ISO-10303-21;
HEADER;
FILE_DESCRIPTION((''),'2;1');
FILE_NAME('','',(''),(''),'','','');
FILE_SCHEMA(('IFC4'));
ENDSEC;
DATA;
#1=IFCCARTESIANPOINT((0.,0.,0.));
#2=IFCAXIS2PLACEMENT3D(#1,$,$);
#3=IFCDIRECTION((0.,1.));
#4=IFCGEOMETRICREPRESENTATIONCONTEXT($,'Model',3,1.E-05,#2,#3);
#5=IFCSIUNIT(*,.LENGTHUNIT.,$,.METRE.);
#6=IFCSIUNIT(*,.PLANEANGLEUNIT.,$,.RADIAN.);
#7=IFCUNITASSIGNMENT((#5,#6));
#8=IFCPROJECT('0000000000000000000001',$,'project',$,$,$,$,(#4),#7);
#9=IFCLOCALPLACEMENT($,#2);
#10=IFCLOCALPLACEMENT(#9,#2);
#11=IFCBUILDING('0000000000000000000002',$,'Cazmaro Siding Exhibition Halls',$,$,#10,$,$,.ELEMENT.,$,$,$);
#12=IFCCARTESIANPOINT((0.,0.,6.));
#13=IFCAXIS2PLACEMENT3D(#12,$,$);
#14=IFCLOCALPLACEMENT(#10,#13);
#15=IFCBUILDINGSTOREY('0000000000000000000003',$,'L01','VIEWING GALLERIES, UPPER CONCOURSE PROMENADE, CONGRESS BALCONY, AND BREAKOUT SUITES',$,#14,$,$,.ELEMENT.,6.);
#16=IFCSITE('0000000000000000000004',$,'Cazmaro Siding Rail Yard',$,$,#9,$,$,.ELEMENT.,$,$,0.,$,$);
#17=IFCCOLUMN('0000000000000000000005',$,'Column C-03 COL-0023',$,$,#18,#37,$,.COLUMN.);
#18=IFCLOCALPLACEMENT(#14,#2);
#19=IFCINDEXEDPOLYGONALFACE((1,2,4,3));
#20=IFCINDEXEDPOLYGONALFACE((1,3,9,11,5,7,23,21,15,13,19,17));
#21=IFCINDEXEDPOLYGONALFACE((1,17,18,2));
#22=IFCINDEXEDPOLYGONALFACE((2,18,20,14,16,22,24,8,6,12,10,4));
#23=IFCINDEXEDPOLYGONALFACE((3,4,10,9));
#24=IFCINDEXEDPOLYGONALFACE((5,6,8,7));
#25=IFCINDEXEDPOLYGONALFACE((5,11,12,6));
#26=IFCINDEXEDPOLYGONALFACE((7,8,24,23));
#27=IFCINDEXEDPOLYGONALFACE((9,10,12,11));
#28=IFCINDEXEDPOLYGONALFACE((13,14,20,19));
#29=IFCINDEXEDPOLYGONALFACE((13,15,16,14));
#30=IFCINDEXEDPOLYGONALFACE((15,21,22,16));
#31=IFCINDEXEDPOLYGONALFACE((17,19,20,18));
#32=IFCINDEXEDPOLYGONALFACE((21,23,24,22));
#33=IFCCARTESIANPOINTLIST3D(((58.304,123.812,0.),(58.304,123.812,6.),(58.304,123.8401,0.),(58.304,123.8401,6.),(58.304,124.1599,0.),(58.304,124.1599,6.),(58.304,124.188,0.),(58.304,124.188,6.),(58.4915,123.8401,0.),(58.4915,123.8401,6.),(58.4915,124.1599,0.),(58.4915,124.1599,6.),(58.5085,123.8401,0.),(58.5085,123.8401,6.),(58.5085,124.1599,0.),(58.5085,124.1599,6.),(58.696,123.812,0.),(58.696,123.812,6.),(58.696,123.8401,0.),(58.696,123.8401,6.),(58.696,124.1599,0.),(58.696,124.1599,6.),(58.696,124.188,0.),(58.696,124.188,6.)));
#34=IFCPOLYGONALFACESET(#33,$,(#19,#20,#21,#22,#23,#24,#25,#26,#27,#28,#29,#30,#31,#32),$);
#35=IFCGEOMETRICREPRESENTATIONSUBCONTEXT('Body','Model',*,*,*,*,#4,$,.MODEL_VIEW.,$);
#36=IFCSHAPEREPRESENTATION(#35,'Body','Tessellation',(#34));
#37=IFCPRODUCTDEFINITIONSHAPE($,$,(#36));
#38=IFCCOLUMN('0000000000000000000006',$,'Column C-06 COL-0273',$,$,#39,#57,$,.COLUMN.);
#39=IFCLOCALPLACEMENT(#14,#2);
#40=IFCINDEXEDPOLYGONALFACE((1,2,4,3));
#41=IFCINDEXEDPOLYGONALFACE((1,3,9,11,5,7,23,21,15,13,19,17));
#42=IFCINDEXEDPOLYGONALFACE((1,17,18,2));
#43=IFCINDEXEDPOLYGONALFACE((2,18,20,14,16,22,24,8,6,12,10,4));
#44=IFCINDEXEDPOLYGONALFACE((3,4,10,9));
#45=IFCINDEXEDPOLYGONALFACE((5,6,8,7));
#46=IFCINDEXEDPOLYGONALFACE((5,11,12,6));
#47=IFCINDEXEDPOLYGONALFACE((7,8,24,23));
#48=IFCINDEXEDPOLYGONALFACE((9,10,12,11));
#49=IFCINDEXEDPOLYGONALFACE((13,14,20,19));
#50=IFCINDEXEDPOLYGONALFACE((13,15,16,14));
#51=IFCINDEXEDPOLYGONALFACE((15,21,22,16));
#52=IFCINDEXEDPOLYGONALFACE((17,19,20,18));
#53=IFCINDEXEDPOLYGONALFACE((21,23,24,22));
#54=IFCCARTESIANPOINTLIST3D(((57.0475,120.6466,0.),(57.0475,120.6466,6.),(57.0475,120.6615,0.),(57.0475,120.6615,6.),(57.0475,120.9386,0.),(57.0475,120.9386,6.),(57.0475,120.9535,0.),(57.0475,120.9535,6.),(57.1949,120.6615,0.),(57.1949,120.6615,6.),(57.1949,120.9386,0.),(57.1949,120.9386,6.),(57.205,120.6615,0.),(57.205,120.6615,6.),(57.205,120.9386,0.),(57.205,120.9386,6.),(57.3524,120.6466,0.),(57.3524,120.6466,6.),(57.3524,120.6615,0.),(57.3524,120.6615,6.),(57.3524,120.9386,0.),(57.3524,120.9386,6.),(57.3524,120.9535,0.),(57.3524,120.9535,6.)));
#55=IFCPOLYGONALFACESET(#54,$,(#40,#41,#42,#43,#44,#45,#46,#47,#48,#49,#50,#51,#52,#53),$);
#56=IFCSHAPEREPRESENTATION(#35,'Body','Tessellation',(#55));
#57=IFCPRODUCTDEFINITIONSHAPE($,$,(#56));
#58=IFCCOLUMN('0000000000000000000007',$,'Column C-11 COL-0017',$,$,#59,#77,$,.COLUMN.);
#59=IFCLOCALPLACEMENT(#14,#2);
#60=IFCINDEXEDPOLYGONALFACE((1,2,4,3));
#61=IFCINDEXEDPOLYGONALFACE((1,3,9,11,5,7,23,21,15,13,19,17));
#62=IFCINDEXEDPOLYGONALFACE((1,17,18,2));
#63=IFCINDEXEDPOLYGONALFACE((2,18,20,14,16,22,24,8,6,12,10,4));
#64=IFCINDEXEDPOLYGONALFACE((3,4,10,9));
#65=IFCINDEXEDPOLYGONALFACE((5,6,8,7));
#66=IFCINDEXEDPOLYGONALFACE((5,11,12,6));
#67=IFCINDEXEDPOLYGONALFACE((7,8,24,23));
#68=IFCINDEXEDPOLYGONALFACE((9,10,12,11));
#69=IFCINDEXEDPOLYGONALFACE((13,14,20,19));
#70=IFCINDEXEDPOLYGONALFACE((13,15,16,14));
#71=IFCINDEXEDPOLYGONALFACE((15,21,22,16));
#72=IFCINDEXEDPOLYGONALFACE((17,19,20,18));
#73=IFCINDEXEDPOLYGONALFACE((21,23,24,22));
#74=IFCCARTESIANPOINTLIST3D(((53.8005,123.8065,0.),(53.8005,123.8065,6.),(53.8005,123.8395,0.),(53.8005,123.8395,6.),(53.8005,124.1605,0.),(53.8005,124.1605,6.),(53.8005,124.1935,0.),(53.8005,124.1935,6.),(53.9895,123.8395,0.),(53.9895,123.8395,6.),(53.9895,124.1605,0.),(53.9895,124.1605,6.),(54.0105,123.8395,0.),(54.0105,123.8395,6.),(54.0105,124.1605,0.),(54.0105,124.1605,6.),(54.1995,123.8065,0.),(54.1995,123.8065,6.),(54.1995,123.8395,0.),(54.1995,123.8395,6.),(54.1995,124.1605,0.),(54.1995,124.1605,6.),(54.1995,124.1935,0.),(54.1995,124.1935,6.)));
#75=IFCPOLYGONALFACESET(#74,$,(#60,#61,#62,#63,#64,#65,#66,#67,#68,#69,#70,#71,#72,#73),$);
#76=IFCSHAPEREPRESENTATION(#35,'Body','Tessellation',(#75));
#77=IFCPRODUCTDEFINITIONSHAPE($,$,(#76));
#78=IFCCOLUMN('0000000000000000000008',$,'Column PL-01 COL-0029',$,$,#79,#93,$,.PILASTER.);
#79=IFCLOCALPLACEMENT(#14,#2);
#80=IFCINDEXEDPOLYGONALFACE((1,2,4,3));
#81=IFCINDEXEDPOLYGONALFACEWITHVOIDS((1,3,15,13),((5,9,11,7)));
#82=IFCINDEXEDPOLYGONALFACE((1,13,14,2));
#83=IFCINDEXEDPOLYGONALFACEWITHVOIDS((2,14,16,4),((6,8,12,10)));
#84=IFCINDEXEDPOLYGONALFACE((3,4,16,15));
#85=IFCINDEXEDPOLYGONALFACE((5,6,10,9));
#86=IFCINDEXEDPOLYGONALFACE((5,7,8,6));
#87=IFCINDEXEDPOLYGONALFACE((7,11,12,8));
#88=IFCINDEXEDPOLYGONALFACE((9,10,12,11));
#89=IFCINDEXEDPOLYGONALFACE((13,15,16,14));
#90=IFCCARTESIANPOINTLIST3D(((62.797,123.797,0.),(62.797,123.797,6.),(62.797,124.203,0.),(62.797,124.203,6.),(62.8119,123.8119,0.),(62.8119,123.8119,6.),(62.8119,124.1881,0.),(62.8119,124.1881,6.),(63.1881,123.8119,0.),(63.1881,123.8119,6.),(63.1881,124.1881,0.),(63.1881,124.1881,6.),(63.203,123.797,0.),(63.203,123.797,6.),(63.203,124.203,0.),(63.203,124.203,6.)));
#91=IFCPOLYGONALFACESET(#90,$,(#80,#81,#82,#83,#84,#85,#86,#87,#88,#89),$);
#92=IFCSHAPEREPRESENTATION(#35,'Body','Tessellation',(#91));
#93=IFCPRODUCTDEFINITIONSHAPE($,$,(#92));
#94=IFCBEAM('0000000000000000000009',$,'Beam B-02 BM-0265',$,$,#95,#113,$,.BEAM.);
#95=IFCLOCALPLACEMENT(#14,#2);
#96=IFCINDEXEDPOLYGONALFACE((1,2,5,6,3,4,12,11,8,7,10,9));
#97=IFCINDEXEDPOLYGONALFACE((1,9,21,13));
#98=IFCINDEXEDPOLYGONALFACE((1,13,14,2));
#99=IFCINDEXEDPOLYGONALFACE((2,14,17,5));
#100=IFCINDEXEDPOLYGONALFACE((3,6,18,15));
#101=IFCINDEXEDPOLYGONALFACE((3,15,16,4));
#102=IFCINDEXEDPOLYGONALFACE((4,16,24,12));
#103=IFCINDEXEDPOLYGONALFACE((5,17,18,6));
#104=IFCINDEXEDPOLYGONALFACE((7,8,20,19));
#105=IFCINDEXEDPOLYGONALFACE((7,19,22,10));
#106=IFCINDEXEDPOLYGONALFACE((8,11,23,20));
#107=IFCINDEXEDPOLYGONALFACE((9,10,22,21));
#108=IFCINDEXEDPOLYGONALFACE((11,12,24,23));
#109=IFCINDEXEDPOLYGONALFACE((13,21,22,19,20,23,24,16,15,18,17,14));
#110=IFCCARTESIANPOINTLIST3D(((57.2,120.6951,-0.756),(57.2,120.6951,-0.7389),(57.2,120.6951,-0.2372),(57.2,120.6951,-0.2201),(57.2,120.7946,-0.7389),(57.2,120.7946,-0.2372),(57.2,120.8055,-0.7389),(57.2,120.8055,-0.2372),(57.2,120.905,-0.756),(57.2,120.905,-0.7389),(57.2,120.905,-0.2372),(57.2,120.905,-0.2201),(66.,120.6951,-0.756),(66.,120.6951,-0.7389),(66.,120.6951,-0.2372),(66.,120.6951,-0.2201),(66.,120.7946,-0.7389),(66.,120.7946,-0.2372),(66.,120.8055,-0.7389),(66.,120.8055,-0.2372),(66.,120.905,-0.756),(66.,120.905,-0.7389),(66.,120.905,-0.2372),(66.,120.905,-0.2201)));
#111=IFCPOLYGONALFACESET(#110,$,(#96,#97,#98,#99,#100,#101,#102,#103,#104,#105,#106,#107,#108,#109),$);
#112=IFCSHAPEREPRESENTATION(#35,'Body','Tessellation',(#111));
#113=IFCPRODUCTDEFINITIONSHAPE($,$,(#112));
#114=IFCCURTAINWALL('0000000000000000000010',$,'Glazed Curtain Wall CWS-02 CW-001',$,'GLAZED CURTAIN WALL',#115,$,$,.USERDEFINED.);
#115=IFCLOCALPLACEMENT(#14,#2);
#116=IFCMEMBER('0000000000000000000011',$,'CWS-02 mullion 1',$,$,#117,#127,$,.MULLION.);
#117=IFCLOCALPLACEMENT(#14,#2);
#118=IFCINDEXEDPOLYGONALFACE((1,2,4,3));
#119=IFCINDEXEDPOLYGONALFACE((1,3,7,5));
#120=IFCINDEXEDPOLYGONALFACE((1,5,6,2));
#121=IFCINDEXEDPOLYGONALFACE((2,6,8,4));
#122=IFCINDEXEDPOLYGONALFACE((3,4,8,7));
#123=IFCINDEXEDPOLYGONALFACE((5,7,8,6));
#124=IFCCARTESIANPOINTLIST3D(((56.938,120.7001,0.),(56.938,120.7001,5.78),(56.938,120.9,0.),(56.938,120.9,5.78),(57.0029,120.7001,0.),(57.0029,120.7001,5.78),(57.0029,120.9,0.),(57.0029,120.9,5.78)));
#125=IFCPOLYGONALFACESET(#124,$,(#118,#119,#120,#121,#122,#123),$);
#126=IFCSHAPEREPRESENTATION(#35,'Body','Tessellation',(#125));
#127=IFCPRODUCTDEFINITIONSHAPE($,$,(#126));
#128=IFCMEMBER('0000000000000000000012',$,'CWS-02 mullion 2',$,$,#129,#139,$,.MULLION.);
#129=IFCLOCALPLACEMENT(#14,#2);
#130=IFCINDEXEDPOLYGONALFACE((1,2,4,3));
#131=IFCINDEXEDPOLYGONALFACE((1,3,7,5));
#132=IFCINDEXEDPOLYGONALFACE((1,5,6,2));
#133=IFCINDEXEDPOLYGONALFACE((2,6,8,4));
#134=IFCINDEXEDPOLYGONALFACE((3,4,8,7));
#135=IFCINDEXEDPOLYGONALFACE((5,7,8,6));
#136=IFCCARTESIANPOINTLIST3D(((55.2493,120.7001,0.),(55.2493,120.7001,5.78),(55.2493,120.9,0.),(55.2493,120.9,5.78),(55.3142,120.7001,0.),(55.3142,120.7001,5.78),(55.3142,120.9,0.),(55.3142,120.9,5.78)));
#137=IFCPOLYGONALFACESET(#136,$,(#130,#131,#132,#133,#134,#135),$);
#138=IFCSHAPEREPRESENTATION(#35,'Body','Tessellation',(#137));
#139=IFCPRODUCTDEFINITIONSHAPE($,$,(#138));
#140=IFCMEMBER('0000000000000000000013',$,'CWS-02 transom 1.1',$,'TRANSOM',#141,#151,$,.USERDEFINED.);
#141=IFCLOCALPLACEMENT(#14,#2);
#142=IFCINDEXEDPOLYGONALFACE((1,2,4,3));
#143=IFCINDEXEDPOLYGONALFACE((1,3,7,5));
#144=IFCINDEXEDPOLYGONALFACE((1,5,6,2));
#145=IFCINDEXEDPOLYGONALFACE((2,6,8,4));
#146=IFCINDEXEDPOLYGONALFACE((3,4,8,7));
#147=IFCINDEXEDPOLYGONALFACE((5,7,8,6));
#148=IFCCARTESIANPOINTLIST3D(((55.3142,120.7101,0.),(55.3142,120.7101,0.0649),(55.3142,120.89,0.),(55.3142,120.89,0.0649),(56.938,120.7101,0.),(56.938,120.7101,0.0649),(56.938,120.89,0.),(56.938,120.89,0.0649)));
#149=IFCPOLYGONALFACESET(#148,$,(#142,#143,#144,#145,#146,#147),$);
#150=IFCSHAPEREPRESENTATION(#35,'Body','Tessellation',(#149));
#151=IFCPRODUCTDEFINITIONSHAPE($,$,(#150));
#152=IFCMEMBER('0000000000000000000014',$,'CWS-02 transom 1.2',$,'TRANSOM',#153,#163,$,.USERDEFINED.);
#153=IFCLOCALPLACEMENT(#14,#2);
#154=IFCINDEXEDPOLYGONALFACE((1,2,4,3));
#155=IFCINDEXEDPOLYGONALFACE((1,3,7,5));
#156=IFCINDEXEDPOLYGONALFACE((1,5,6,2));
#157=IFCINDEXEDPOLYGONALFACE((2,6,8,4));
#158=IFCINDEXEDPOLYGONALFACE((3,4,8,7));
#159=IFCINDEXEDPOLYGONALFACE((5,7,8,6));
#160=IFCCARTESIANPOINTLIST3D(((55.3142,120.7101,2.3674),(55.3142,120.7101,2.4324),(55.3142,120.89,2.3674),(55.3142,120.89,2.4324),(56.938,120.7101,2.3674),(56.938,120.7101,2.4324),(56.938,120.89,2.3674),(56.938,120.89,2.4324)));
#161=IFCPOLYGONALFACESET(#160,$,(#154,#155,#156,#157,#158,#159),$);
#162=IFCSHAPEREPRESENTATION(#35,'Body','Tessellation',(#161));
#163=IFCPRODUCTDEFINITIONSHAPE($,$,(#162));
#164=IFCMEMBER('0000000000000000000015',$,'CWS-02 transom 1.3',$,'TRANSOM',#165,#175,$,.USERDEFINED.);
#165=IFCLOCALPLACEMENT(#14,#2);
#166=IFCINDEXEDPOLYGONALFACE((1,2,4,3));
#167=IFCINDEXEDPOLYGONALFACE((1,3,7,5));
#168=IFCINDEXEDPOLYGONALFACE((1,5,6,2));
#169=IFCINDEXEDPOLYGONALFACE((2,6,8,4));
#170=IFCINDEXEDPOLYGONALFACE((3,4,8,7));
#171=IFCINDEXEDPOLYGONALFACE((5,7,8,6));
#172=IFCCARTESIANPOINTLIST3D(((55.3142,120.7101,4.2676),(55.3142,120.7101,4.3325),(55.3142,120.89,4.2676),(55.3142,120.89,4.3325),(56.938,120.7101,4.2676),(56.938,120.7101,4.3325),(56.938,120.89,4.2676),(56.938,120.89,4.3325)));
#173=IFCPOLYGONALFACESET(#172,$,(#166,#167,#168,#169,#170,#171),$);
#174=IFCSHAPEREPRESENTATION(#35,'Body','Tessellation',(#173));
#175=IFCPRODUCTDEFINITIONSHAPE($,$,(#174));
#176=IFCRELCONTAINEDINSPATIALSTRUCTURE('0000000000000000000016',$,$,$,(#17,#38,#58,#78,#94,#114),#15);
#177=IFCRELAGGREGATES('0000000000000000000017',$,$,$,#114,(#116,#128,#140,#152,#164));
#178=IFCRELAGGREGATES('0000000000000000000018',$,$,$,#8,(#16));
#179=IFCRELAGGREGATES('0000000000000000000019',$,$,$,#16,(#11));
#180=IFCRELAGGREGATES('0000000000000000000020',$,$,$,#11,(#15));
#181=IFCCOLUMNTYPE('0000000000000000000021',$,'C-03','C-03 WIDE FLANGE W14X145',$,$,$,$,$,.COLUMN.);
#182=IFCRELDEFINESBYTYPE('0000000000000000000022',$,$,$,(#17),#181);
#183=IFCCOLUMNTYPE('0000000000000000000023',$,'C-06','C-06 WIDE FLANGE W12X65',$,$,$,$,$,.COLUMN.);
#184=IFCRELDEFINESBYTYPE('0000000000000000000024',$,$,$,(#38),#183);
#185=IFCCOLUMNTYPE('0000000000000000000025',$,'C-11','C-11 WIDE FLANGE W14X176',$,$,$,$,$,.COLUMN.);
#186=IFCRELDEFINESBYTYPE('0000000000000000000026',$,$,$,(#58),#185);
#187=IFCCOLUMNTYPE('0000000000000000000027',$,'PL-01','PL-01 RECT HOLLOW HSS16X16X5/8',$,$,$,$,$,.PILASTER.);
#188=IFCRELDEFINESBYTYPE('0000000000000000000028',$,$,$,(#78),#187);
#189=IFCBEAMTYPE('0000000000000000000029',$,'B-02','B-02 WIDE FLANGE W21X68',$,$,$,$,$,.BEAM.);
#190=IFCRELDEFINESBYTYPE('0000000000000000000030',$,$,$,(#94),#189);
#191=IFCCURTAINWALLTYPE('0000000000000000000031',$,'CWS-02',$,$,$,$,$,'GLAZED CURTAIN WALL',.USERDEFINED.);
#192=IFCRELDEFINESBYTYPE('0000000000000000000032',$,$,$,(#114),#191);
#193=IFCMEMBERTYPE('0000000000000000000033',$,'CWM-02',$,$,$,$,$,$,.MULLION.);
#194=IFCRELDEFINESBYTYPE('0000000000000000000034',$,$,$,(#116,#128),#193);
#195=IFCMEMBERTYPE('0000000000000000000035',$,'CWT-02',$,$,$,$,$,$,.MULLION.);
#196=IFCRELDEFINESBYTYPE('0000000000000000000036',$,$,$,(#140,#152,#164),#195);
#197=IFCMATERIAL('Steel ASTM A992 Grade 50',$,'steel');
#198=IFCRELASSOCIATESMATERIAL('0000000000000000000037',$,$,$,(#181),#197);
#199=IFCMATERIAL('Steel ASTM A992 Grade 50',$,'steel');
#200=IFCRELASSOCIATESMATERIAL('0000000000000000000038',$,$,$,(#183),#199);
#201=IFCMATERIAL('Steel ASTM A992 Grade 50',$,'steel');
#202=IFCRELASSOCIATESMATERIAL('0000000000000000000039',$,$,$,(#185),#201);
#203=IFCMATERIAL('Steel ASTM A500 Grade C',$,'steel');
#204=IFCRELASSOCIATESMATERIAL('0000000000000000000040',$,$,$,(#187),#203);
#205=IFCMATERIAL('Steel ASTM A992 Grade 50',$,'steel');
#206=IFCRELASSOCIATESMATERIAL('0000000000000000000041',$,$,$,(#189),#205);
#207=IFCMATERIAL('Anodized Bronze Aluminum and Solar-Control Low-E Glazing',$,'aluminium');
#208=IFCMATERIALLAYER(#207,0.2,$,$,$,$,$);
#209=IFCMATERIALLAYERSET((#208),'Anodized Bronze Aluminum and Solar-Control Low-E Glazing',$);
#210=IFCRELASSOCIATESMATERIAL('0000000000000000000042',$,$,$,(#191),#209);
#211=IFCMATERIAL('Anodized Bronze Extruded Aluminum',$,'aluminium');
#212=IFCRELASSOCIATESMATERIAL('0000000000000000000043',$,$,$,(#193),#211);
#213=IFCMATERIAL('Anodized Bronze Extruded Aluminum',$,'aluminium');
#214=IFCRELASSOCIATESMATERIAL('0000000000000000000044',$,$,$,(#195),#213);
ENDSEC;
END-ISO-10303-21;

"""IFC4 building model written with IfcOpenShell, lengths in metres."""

from ifc_helpers import new_model, si_unit, direction, frame, origin, origin_2d, place, context, subcontext, project, spatial, rectangle, hollow_rectangle, i_section, extrude, material, layer, layer_set, material_profile, profile_set, type_object, element, aggregate, save


model = new_model("IFC4")

# Units and contexts
model_context = context("Model", 3, precision=1e-05, world=origin(), true_north=direction((0.0, 1.0)))
body_context = subcontext(model_context, "Body", "Model", "MODEL_VIEW")
ifc_project = project(units=[si_unit("LENGTHUNIT", "METRE"), si_unit("PLANEANGLEUNIT", "RADIAN")], contexts=[model_context])

# Site, building, storey
site_placement = place(None, origin())
site = spatial("IfcSite", under=ifc_project, at=site_placement, Name="Cazmaro Siding Rail Yard", CompositionType="ELEMENT", RefElevation=0.0)
building_placement = place(site_placement, origin())
building = spatial("IfcBuilding", under=site, at=building_placement, Name="Cazmaro Siding Exhibition Halls", CompositionType="ELEMENT")
storey_placement = place(building_placement, frame((0.0, 0.0, 6.0)))
storey = spatial("IfcBuildingStorey", under=building, at=storey_placement, Name="L01", Description="VIEWING GALLERIES, UPPER CONCOURSE PROMENADE, CONGRESS BALCONY, AND BREAKOUT SUITES", CompositionType="ELEMENT", Elevation=6.0)

# Columns
ifc_material_1 = material(Name="Steel ASTM A992 Grade 50", Category="steel")
ifc_material_profile_1 = material_profile(ifc_material_1, i_section(OverallWidth=0.3921, OverallDepth=0.376, WebThickness=0.0171, FlangeThickness=0.0281, at=origin_2d()), Name="W14X145")
ifc_profile_set_1 = profile_set([ifc_material_profile_1], Name="Steel ASTM A992 Grade 50")
column_type_1 = type_object("IfcColumnType", Name="C-03", Description="C-03 WIDE FLANGE W14X145", PredefinedType="COLUMN", material=ifc_profile_set_1)
column_1_placement = place(storey_placement, frame((58.5, 124.0, 0.0), z_axis=(0.0, 0.0, 1.0), x_axis=(1.0, 0.0, 0.0)))
element("IfcColumn", 1, at=column_1_placement, inside=storey, type_object=column_type_1, Name="Column C-03 COL-0023", PredefinedType="COLUMN", context=body_context, shape_type="SweptSolid", body=[
    extrude(i_section(OverallWidth=0.3921, OverallDepth=0.376, WebThickness=0.0171, FlangeThickness=0.0281, at=origin_2d()), origin(), (0.0, 0.0, 1.0), 6.0),
])
ifc_material_2 = material(Name="Steel ASTM A992 Grade 50", Category="steel")
ifc_material_profile_2 = material_profile(ifc_material_2, i_section(OverallWidth=0.3049, OverallDepth=0.3069, WebThickness=0.01, FlangeThickness=0.0149, at=origin_2d()), Name="W12X65")
ifc_profile_set_2 = profile_set([ifc_material_profile_2], Name="Steel ASTM A992 Grade 50")
column_type_2 = type_object("IfcColumnType", Name="C-06", Description="C-06 WIDE FLANGE W12X65", PredefinedType="COLUMN", material=ifc_profile_set_2)
column_2_placement = place(storey_placement, frame((57.2, 120.8, 0.0), z_axis=(0.0, 0.0, 1.0), x_axis=(1.0, 0.0, 0.0)))
element("IfcColumn", 2, at=column_2_placement, inside=storey, type_object=column_type_2, Name="Column C-06 COL-0273", PredefinedType="COLUMN", context=body_context, shape_type="SweptSolid", body=[
    extrude(i_section(OverallWidth=0.3049, OverallDepth=0.3069, WebThickness=0.01, FlangeThickness=0.0149, at=origin_2d()), origin(), (0.0, 0.0, 1.0), 6.0),
])
ifc_material_3 = material(Name="Steel ASTM A992 Grade 50", Category="steel")
ifc_material_profile_3 = material_profile(ifc_material_3, i_section(OverallWidth=0.3989, OverallDepth=0.387, WebThickness=0.021, FlangeThickness=0.033, at=origin_2d()), Name="W14X176")
ifc_profile_set_3 = profile_set([ifc_material_profile_3], Name="Steel ASTM A992 Grade 50")
column_type_3 = type_object("IfcColumnType", Name="C-11", Description="C-11 WIDE FLANGE W14X176", PredefinedType="COLUMN", material=ifc_profile_set_3)
column_3_placement = place(storey_placement, frame((54.0, 124.0, 0.0), z_axis=(0.0, 0.0, 1.0), x_axis=(1.0, 0.0, 0.0)))
element("IfcColumn", 3, at=column_3_placement, inside=storey, type_object=column_type_3, Name="Column C-11 COL-0017", PredefinedType="COLUMN", context=body_context, shape_type="SweptSolid", body=[
    extrude(i_section(OverallWidth=0.3989, OverallDepth=0.387, WebThickness=0.021, FlangeThickness=0.033, at=origin_2d()), origin(), (0.0, 0.0, 1.0), 6.0),
])
ifc_material_4 = material(Name="Steel ASTM A500 Grade C", Category="steel")
ifc_material_profile_4 = material_profile(ifc_material_4, hollow_rectangle(XDim=0.406, YDim=0.406, WallThickness=0.0149, at=origin_2d()), Name="HSS16X16X5/8")
ifc_profile_set_4 = profile_set([ifc_material_profile_4], Name="Steel ASTM A500 Grade C")
column_type_4 = type_object("IfcColumnType", Name="PL-01", Description="PL-01 RECT HOLLOW HSS16X16X5/8", PredefinedType="PILASTER", material=ifc_profile_set_4)
column_4_placement = place(storey_placement, frame((63.0, 124.0, 0.0), z_axis=(0.0, 0.0, 1.0), x_axis=(1.0, 0.0, 0.0)))
element("IfcColumn", 4, at=column_4_placement, inside=storey, type_object=column_type_4, Name="Column PL-01 COL-0029", PredefinedType="PILASTER", context=body_context, shape_type="SweptSolid", body=[
    extrude(hollow_rectangle(XDim=0.406, YDim=0.406, WallThickness=0.0149, at=origin_2d()), origin(), (0.0, 0.0, 1.0), 6.0),
])

# Beam
ifc_material_5 = material(Name="Steel ASTM A992 Grade 50", Category="steel")
ifc_material_profile_5 = material_profile(ifc_material_5, i_section(OverallWidth=0.21, OverallDepth=0.5359, WebThickness=0.011, FlangeThickness=0.0171, at=origin_2d()), Name="W21X68")
ifc_profile_set_5 = profile_set([ifc_material_profile_5], Name="Steel ASTM A992 Grade 50")
beam_type_1 = type_object("IfcBeamType", Name="B-02", Description="B-02 WIDE FLANGE W21X68", PredefinedType="BEAM", material=ifc_profile_set_5)
beam_placement = place(storey_placement, frame((57.2, 120.8, -0.488), z_axis=(1.0, 0.0, 0.0), x_axis=(0.0, 1.0, 0.0)))
element("IfcBeam", 5, at=beam_placement, inside=storey, type_object=beam_type_1, Name="Beam B-02 BM-0265", PredefinedType="BEAM", context=body_context, shape_type="SweptSolid", body=[
    extrude(i_section(OverallWidth=0.21, OverallDepth=0.5359, WebThickness=0.011, FlangeThickness=0.0171, at=origin_2d()), origin(), (0.0, 0.0, 1.0), 8.8),
])

# Curtain wall, members
ifc_material_6 = material(Name="Anodized Bronze Aluminum and Solar-Control Low-E Glazing", Category="aluminium")
ifc_layer_1 = layer(ifc_material_6, 0.2)
ifc_layer_set_1 = layer_set([ifc_layer_1], Name="Anodized Bronze Aluminum and Solar-Control Low-E Glazing")
curtain_wall_type = type_object("IfcCurtainWallType", Name="CWS-02", ElementType="GLAZED CURTAIN WALL", PredefinedType="USERDEFINED", material=ifc_layer_set_1)
curtain_wall_placement = place(storey_placement, origin())
curtain_wall = element("IfcCurtainWall", 6, at=curtain_wall_placement, inside=storey, type_object=curtain_wall_type, Name="Glazed Curtain Wall CWS-02 CW-001", ObjectType="GLAZED CURTAIN WALL", PredefinedType="USERDEFINED")
ifc_material_7 = material(Name="Anodized Bronze Extruded Aluminum", Category="aluminium")
ifc_material_profile_6 = material_profile(ifc_material_7, rectangle(XDim=0.2, YDim=0.0649, at=origin_2d()), Name="CWM-02")
ifc_profile_set_6 = profile_set([ifc_material_profile_6], Name="Anodized Bronze Extruded Aluminum")
member_type_1 = type_object("IfcMemberType", Name="CWM-02", PredefinedType="MULLION", material=ifc_profile_set_6)
member_1_placement = place(storey_placement, frame((56.9705, 120.8, 0.0), z_axis=(0.0, 0.0, 1.0), x_axis=(0.0, -1.0, 0.0)))
member_1 = element("IfcMember", 7, at=member_1_placement, type_object=member_type_1, Name="CWS-02 mullion 1", PredefinedType="MULLION", context=body_context, shape_type="SweptSolid", body=[
    extrude(rectangle(XDim=0.2, YDim=0.0649, at=origin_2d()), origin(), (0.0, 0.0, 1.0), 5.78),
])
member_2_placement = place(storey_placement, frame((55.2817, 120.8, 0.0), z_axis=(0.0, 0.0, 1.0), x_axis=(0.0, -1.0, 0.0)))
member_2 = element("IfcMember", 8, at=member_2_placement, type_object=member_type_1, Name="CWS-02 mullion 2", PredefinedType="MULLION", context=body_context, shape_type="SweptSolid", body=[
    extrude(rectangle(XDim=0.2, YDim=0.0649, at=origin_2d()), origin(), (0.0, 0.0, 1.0), 5.78),
])
ifc_material_8 = material(Name="Anodized Bronze Extruded Aluminum", Category="aluminium")
ifc_material_profile_7 = material_profile(ifc_material_8, rectangle(XDim=0.1799, YDim=0.0649, at=origin_2d()), Name="CWT-02")
ifc_profile_set_7 = profile_set([ifc_material_profile_7], Name="Anodized Bronze Extruded Aluminum")
member_type_2 = type_object("IfcMemberType", Name="CWT-02", PredefinedType="MULLION", material=ifc_profile_set_7)
member_3_placement = place(storey_placement, frame((56.938, 120.8, 0.0325), z_axis=(-1.0, 0.0, 0.0), x_axis=(0.0, -1.0, 0.0)))
member_3 = element("IfcMember", 9, at=member_3_placement, type_object=member_type_2, Name="CWS-02 transom 1.1", ObjectType="TRANSOM", PredefinedType="USERDEFINED", context=body_context, shape_type="SweptSolid", body=[
    extrude(rectangle(XDim=0.1799, YDim=0.0649, at=origin_2d()), origin(), (0.0, 0.0, 1.0), 1.6238),
])
member_4_placement = place(storey_placement, frame((56.938, 120.8, 2.3999), z_axis=(-1.0, 0.0, 0.0), x_axis=(0.0, -1.0, 0.0)))
member_4 = element("IfcMember", 10, at=member_4_placement, type_object=member_type_2, Name="CWS-02 transom 1.2", ObjectType="TRANSOM", PredefinedType="USERDEFINED", context=body_context, shape_type="SweptSolid", body=[
    extrude(rectangle(XDim=0.1799, YDim=0.0649, at=origin_2d()), origin(), (0.0, 0.0, 1.0), 1.6238),
])
member_5_placement = place(storey_placement, frame((56.938, 120.8, 4.3), z_axis=(-1.0, 0.0, 0.0), x_axis=(0.0, -1.0, 0.0)))
member_5 = element("IfcMember", 11, at=member_5_placement, type_object=member_type_2, Name="CWS-02 transom 1.3", ObjectType="TRANSOM", PredefinedType="USERDEFINED", context=body_context, shape_type="SweptSolid", body=[
    extrude(rectangle(XDim=0.1799, YDim=0.0649, at=origin_2d()), origin(), (0.0, 0.0, 1.0), 1.6238),
])

aggregate(curtain_wall, [member_1, member_2, member_3, member_4, member_5])

save(model, "model.ifc")
